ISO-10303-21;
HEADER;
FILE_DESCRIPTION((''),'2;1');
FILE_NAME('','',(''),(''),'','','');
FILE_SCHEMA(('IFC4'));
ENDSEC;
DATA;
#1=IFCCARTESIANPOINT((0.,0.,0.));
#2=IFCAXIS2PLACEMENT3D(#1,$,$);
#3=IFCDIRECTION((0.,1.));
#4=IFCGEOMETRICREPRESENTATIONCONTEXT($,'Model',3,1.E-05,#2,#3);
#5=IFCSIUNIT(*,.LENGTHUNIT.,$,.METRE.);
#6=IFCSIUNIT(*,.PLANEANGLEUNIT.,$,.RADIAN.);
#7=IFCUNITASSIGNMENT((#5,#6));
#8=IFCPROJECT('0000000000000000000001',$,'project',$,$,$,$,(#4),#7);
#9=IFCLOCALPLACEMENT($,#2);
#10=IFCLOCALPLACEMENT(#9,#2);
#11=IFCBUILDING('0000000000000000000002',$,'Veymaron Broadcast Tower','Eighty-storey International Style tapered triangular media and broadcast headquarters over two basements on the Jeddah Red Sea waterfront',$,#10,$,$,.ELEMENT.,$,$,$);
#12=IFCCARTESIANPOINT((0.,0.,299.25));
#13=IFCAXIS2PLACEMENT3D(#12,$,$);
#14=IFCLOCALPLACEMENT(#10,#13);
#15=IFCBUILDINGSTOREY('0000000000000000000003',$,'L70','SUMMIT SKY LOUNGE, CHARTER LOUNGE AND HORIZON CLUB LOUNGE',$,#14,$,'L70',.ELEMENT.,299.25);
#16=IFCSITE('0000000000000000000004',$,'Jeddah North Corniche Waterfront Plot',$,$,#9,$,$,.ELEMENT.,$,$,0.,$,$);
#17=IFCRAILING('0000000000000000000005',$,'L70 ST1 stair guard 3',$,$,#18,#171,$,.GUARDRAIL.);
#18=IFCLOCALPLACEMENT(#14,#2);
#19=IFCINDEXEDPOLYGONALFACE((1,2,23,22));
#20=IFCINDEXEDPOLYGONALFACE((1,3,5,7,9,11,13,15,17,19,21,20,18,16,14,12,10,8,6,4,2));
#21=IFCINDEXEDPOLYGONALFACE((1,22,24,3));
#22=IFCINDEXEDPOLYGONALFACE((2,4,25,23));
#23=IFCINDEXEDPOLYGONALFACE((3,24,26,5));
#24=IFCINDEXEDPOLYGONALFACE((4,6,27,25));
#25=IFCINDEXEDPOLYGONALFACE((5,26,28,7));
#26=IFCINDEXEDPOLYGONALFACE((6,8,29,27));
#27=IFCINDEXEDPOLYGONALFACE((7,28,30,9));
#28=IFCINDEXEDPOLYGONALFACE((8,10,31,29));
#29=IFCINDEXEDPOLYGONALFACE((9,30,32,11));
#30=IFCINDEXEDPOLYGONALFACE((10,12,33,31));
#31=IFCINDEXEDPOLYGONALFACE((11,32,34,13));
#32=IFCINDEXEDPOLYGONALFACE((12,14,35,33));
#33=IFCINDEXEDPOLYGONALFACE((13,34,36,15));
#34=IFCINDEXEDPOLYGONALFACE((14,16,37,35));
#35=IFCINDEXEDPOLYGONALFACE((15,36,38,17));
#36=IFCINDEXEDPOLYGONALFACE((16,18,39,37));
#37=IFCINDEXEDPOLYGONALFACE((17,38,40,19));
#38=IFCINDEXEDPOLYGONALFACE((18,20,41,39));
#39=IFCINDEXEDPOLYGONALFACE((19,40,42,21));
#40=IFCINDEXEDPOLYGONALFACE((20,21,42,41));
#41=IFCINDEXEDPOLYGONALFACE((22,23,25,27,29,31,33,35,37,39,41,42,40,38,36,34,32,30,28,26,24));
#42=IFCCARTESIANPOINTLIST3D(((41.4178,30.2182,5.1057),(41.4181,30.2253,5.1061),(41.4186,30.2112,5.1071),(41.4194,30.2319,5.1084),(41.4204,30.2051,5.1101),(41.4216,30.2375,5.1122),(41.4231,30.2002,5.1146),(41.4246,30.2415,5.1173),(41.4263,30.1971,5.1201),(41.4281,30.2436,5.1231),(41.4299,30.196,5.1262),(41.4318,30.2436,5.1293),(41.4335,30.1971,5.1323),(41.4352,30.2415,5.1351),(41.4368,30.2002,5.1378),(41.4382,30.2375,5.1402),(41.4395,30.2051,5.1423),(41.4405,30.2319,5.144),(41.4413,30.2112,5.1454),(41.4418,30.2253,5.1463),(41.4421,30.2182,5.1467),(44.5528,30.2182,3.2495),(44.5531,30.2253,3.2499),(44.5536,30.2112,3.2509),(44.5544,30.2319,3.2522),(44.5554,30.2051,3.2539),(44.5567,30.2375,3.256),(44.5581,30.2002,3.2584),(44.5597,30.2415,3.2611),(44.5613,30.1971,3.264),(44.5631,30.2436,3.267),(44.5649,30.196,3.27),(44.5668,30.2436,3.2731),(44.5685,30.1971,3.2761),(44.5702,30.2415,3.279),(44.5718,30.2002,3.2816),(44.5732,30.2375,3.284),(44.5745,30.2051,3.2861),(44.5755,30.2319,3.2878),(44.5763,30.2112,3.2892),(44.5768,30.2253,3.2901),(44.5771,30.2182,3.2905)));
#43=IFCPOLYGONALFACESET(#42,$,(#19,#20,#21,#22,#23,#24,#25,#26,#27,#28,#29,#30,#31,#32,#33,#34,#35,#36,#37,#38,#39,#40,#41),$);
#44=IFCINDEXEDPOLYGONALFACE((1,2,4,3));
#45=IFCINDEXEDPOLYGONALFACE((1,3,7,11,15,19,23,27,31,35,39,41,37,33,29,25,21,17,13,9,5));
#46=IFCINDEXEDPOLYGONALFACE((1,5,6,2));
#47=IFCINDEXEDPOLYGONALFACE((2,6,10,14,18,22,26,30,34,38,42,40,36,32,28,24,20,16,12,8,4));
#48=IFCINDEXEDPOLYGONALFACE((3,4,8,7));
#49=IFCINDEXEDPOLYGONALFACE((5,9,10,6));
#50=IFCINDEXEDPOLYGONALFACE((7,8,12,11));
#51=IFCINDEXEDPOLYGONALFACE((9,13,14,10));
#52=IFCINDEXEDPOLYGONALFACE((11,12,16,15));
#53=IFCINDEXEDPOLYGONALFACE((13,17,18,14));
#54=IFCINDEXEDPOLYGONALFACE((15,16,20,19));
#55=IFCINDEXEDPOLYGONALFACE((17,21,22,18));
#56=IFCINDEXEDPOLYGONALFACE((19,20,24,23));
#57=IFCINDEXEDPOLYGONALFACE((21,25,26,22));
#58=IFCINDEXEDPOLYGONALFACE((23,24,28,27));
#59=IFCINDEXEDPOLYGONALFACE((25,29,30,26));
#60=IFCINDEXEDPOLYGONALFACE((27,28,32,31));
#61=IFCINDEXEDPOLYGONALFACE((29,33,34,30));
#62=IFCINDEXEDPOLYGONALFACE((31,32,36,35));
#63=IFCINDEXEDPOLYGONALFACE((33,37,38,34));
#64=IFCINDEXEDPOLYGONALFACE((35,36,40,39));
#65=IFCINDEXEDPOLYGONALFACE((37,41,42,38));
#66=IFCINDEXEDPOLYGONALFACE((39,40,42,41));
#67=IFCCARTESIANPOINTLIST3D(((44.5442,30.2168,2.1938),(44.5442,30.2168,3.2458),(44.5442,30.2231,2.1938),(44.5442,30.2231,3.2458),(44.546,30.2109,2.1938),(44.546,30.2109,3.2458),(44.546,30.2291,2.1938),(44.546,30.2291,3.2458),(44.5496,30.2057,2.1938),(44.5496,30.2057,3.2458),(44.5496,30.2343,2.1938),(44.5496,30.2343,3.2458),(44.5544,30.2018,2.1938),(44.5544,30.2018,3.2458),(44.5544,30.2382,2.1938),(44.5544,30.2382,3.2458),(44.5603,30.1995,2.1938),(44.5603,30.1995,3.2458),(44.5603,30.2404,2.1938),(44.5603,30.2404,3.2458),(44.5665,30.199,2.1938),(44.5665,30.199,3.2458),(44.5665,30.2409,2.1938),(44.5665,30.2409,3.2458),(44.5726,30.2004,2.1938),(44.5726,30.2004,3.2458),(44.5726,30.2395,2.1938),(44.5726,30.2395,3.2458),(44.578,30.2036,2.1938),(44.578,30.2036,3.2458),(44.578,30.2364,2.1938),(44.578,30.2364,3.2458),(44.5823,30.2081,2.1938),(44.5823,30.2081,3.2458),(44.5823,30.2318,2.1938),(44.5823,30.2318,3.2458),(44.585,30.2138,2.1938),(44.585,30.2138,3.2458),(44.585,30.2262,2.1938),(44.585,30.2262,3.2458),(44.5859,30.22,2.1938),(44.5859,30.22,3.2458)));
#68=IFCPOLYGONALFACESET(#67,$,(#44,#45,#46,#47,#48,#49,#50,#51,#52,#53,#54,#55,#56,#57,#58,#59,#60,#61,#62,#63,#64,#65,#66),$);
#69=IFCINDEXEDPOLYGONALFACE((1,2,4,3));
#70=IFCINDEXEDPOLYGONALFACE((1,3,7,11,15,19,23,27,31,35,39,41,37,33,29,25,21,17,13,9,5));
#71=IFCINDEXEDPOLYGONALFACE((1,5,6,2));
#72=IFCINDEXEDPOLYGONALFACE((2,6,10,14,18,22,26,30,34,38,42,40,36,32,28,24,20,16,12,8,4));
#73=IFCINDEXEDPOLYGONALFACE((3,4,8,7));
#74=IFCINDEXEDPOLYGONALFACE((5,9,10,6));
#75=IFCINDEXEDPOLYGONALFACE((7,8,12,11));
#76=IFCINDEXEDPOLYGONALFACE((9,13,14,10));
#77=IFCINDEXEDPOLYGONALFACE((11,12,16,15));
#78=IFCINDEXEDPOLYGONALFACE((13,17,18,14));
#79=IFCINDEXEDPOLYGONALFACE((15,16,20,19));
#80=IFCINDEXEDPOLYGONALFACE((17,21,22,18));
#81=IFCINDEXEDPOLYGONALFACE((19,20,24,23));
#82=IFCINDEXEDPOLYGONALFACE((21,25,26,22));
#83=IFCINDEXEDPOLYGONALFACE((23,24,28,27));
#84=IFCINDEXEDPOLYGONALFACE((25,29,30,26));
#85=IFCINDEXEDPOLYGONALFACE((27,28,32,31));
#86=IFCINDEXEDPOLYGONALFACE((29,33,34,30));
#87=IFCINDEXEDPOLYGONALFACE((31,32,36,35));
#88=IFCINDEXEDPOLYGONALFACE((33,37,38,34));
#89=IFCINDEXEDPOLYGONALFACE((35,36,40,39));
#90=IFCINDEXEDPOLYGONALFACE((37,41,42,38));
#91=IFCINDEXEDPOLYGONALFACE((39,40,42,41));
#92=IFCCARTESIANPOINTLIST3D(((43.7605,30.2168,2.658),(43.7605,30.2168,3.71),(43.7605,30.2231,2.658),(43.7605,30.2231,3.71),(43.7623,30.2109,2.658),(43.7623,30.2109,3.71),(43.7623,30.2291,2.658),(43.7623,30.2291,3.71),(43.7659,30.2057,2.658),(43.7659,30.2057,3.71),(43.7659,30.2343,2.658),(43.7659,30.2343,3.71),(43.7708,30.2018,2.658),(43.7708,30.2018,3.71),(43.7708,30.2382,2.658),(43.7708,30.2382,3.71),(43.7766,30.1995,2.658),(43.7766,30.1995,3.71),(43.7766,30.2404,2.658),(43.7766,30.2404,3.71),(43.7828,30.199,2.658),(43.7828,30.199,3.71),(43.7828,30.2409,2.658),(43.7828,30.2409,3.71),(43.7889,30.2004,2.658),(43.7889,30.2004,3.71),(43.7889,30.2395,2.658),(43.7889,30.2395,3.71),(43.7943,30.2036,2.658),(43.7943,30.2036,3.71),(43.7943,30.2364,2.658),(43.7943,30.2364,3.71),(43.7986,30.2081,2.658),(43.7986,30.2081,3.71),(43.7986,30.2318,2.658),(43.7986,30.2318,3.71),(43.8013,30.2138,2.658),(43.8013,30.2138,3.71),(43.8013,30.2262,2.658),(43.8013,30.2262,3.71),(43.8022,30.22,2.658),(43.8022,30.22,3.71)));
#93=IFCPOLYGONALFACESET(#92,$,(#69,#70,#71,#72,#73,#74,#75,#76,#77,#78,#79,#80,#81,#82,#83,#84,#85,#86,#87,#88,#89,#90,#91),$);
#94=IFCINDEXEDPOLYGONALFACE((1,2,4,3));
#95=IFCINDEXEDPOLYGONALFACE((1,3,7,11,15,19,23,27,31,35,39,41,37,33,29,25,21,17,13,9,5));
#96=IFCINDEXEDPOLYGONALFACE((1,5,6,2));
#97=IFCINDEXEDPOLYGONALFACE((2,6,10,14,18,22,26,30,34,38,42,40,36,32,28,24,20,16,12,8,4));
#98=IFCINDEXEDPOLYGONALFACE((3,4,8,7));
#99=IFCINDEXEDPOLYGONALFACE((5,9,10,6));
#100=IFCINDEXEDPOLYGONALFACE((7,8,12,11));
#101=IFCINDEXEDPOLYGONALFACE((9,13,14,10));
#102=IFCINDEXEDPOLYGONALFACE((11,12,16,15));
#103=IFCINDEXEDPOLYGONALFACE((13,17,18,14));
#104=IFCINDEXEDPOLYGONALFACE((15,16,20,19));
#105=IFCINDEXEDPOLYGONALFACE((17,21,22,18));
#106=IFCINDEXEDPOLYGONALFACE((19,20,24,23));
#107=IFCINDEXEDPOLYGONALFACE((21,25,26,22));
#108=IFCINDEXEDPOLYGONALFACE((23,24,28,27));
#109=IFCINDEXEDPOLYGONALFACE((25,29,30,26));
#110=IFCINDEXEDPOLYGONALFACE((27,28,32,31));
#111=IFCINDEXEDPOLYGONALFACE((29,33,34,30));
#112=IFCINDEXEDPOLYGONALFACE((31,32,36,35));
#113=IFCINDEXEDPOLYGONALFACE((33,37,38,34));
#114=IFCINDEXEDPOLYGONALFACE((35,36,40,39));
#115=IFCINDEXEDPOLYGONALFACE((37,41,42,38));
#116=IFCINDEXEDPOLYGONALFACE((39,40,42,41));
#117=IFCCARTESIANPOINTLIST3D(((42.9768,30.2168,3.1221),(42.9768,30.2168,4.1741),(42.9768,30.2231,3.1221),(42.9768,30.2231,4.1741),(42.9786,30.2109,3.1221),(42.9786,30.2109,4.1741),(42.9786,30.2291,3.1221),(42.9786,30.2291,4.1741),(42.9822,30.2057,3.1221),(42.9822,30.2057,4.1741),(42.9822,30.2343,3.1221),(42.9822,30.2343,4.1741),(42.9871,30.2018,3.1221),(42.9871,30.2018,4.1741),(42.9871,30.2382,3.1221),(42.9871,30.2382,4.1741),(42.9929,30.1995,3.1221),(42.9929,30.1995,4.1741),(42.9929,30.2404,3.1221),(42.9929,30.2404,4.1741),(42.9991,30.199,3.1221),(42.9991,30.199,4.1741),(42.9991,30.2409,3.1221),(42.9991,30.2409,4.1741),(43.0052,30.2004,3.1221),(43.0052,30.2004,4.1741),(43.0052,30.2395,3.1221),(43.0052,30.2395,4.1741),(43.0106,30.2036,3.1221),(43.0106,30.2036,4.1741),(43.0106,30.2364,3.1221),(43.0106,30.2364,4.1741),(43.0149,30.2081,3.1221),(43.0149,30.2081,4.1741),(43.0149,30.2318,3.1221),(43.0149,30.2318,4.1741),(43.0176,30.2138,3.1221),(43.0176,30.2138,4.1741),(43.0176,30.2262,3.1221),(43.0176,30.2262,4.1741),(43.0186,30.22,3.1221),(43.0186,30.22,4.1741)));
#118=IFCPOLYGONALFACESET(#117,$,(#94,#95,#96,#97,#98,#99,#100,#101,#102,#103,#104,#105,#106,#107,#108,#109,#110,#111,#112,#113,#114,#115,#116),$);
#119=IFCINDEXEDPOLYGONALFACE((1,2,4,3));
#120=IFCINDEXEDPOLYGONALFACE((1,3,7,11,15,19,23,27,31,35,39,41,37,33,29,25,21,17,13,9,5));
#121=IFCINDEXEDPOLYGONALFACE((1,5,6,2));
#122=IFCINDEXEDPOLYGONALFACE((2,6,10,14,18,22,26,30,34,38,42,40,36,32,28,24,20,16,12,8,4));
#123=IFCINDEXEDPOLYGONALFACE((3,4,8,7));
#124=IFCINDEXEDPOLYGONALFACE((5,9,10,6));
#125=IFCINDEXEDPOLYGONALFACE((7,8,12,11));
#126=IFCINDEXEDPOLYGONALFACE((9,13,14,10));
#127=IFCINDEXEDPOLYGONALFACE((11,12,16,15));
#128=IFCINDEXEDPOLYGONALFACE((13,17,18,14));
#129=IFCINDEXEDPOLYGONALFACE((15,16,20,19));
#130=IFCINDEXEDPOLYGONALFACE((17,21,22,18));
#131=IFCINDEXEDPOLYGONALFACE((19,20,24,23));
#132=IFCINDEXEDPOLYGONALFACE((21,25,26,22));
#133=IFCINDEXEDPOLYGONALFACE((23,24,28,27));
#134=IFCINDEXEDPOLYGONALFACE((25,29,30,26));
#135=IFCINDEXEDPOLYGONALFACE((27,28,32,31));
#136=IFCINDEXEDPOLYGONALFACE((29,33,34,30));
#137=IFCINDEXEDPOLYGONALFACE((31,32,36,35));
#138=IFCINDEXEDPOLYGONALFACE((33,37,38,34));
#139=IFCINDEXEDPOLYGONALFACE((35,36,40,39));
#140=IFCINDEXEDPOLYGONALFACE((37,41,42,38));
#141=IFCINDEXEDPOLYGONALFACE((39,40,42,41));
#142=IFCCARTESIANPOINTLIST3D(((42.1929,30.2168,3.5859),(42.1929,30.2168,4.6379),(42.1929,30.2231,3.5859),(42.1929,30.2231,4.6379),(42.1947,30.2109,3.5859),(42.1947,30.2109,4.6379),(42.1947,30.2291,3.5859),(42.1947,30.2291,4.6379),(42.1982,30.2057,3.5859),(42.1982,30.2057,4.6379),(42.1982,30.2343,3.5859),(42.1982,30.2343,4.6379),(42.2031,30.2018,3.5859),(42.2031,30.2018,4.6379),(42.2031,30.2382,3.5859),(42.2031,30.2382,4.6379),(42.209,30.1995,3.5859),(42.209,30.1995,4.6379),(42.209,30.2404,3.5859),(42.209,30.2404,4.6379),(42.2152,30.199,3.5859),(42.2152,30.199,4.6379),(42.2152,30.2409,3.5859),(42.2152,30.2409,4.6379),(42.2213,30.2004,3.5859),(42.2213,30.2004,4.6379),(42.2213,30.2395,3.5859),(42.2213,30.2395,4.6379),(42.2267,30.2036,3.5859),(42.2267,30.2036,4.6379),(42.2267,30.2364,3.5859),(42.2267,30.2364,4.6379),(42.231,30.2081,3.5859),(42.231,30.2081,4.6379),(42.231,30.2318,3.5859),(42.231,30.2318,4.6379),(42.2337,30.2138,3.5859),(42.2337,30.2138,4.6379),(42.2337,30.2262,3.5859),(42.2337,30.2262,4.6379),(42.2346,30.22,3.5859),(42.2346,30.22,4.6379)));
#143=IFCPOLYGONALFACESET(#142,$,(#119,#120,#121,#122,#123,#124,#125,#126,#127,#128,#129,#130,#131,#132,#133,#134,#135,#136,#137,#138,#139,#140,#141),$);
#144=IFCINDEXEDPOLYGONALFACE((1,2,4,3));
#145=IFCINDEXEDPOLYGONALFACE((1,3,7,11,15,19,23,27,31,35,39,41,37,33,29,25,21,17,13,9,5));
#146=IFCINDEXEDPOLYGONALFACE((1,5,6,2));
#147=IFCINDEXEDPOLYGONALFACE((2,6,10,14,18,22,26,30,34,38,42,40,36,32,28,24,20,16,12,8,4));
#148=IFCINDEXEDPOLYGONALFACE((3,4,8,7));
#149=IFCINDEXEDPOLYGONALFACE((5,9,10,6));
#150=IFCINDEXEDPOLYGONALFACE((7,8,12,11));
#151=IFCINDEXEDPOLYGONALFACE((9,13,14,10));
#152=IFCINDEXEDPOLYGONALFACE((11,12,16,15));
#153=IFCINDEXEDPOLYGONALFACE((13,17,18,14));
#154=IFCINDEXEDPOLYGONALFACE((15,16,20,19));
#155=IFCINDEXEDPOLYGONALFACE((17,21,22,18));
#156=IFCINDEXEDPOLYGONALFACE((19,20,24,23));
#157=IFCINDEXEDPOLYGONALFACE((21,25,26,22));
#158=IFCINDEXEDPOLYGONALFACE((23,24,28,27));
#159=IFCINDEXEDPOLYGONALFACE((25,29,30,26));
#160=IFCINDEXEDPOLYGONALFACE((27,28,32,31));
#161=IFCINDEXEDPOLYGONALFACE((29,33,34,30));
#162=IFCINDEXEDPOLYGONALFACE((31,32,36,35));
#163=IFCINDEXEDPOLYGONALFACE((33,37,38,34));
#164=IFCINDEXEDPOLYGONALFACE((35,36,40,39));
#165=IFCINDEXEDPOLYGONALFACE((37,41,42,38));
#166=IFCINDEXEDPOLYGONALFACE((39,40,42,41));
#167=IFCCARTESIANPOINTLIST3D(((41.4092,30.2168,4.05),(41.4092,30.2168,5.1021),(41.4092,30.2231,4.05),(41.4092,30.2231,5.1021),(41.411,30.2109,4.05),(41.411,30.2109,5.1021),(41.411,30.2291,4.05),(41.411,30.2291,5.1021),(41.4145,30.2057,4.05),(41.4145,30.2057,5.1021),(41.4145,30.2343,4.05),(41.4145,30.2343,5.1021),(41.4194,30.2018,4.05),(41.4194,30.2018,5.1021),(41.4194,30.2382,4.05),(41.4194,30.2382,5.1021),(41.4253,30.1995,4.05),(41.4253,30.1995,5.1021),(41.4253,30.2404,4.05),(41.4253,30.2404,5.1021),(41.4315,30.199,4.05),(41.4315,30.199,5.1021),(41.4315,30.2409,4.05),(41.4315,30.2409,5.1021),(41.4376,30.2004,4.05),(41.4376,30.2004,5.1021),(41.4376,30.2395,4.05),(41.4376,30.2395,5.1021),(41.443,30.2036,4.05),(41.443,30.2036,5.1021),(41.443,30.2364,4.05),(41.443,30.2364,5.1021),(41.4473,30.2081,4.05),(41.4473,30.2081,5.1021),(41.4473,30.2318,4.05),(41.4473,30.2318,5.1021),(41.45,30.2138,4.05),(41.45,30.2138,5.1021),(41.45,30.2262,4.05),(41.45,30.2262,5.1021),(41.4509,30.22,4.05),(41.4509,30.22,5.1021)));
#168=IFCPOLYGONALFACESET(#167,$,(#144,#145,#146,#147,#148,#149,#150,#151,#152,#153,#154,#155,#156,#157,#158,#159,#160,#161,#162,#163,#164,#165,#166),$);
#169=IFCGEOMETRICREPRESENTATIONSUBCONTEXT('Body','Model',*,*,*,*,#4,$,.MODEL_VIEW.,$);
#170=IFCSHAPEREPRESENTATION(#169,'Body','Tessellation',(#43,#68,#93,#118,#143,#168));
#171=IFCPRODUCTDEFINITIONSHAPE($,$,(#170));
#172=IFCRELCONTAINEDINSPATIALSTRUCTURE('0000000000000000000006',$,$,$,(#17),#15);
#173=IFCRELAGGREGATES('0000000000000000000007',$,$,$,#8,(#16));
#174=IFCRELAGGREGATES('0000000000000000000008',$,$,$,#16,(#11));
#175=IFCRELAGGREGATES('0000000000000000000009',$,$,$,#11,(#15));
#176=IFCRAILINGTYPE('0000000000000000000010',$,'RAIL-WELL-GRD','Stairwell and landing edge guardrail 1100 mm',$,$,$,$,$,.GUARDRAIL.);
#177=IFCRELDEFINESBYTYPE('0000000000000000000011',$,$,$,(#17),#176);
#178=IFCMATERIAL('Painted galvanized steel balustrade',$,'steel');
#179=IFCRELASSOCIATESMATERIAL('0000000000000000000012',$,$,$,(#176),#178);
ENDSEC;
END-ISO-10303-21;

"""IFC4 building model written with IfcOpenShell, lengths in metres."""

from ifc_helpers import new_model, si_unit, direction, frame, origin, origin_2d, place, context, subcontext, project, spatial, circle, extrude, material, type_object, element, save


model = new_model("IFC4")

# Units and contexts
model_context = context("Model", 3, precision=1e-05, world=origin(), true_north=direction((0.0, 1.0)))
body_context = subcontext(model_context, "Body", "Model", "MODEL_VIEW")
ifc_project = project(units=[si_unit("LENGTHUNIT", "METRE"), si_unit("PLANEANGLEUNIT", "RADIAN")], contexts=[model_context])

# Site, building, storey
site_placement = place(None, origin())
site = spatial("IfcSite", under=ifc_project, at=site_placement, Name="Jeddah North Corniche Waterfront Plot", CompositionType="ELEMENT", RefElevation=0.0)
building_placement = place(site_placement, origin())
building = spatial("IfcBuilding", under=site, at=building_placement, Name="Veymaron Broadcast Tower", Description="Eighty-storey International Style tapered triangular media and broadcast headquarters over two basements on the Jeddah Red Sea waterfront", CompositionType="ELEMENT")
storey_placement = place(building_placement, frame((0.0, 0.0, 299.25)))
storey = spatial("IfcBuildingStorey", under=building, at=storey_placement, Name="L70", Description="SUMMIT SKY LOUNGE, CHARTER LOUNGE AND HORIZON CLUB LOUNGE", LongName="L70", CompositionType="ELEMENT", Elevation=299.25)

# Railing
ifc_material_1 = material(Name="Painted galvanized steel balustrade", Category="steel")
railing_type_1 = type_object("IfcRailingType", Name="RAIL-WELL-GRD", Description="Stairwell and landing edge guardrail 1100 mm", PredefinedType="GUARDRAIL", material=ifc_material_1)
railing_1_placement = place(storey_placement, frame((44.5649, 30.22, 2.1938)))
element("IfcRailing", 1, at=railing_1_placement, inside=storey, type_object=railing_type_1, Name="L70 ST1 stair guard 3", PredefinedType="GUARDRAIL", context=body_context, shape_type="SweptSolid", body=[
    extrude(circle(Radius=0.0239, at=origin_2d()), frame((0.0, 0.0, 1.0762), z_axis=(-0.860482, 0.0, 0.509481), x_axis=(0.0, -1.0, 0.0)), (0.0, 0.0, 1.0), 3.6433),
    extrude(circle(Radius=0.021, at=origin_2d()), origin(), (0.0, 0.0, 1.0), 1.052),
    extrude(circle(Radius=0.021, at=origin_2d()), frame((-0.7837, 0.0, 0.4641)), (0.0, 0.0, 1.0), 1.052),
    extrude(circle(Radius=0.021, at=origin_2d()), frame((-1.5674, 0.0, 0.9282)), (0.0, 0.0, 1.0), 1.052),
    extrude(circle(Radius=0.021, at=origin_2d()), frame((-2.3513, 0.0, 1.3921)), (0.0, 0.0, 1.0), 1.052),
    extrude(circle(Radius=0.021, at=origin_2d()), frame((-3.135, 0.0, 1.8562)), (0.0, 0.0, 1.0), 1.052),
])

save(model, "model.ifc")
